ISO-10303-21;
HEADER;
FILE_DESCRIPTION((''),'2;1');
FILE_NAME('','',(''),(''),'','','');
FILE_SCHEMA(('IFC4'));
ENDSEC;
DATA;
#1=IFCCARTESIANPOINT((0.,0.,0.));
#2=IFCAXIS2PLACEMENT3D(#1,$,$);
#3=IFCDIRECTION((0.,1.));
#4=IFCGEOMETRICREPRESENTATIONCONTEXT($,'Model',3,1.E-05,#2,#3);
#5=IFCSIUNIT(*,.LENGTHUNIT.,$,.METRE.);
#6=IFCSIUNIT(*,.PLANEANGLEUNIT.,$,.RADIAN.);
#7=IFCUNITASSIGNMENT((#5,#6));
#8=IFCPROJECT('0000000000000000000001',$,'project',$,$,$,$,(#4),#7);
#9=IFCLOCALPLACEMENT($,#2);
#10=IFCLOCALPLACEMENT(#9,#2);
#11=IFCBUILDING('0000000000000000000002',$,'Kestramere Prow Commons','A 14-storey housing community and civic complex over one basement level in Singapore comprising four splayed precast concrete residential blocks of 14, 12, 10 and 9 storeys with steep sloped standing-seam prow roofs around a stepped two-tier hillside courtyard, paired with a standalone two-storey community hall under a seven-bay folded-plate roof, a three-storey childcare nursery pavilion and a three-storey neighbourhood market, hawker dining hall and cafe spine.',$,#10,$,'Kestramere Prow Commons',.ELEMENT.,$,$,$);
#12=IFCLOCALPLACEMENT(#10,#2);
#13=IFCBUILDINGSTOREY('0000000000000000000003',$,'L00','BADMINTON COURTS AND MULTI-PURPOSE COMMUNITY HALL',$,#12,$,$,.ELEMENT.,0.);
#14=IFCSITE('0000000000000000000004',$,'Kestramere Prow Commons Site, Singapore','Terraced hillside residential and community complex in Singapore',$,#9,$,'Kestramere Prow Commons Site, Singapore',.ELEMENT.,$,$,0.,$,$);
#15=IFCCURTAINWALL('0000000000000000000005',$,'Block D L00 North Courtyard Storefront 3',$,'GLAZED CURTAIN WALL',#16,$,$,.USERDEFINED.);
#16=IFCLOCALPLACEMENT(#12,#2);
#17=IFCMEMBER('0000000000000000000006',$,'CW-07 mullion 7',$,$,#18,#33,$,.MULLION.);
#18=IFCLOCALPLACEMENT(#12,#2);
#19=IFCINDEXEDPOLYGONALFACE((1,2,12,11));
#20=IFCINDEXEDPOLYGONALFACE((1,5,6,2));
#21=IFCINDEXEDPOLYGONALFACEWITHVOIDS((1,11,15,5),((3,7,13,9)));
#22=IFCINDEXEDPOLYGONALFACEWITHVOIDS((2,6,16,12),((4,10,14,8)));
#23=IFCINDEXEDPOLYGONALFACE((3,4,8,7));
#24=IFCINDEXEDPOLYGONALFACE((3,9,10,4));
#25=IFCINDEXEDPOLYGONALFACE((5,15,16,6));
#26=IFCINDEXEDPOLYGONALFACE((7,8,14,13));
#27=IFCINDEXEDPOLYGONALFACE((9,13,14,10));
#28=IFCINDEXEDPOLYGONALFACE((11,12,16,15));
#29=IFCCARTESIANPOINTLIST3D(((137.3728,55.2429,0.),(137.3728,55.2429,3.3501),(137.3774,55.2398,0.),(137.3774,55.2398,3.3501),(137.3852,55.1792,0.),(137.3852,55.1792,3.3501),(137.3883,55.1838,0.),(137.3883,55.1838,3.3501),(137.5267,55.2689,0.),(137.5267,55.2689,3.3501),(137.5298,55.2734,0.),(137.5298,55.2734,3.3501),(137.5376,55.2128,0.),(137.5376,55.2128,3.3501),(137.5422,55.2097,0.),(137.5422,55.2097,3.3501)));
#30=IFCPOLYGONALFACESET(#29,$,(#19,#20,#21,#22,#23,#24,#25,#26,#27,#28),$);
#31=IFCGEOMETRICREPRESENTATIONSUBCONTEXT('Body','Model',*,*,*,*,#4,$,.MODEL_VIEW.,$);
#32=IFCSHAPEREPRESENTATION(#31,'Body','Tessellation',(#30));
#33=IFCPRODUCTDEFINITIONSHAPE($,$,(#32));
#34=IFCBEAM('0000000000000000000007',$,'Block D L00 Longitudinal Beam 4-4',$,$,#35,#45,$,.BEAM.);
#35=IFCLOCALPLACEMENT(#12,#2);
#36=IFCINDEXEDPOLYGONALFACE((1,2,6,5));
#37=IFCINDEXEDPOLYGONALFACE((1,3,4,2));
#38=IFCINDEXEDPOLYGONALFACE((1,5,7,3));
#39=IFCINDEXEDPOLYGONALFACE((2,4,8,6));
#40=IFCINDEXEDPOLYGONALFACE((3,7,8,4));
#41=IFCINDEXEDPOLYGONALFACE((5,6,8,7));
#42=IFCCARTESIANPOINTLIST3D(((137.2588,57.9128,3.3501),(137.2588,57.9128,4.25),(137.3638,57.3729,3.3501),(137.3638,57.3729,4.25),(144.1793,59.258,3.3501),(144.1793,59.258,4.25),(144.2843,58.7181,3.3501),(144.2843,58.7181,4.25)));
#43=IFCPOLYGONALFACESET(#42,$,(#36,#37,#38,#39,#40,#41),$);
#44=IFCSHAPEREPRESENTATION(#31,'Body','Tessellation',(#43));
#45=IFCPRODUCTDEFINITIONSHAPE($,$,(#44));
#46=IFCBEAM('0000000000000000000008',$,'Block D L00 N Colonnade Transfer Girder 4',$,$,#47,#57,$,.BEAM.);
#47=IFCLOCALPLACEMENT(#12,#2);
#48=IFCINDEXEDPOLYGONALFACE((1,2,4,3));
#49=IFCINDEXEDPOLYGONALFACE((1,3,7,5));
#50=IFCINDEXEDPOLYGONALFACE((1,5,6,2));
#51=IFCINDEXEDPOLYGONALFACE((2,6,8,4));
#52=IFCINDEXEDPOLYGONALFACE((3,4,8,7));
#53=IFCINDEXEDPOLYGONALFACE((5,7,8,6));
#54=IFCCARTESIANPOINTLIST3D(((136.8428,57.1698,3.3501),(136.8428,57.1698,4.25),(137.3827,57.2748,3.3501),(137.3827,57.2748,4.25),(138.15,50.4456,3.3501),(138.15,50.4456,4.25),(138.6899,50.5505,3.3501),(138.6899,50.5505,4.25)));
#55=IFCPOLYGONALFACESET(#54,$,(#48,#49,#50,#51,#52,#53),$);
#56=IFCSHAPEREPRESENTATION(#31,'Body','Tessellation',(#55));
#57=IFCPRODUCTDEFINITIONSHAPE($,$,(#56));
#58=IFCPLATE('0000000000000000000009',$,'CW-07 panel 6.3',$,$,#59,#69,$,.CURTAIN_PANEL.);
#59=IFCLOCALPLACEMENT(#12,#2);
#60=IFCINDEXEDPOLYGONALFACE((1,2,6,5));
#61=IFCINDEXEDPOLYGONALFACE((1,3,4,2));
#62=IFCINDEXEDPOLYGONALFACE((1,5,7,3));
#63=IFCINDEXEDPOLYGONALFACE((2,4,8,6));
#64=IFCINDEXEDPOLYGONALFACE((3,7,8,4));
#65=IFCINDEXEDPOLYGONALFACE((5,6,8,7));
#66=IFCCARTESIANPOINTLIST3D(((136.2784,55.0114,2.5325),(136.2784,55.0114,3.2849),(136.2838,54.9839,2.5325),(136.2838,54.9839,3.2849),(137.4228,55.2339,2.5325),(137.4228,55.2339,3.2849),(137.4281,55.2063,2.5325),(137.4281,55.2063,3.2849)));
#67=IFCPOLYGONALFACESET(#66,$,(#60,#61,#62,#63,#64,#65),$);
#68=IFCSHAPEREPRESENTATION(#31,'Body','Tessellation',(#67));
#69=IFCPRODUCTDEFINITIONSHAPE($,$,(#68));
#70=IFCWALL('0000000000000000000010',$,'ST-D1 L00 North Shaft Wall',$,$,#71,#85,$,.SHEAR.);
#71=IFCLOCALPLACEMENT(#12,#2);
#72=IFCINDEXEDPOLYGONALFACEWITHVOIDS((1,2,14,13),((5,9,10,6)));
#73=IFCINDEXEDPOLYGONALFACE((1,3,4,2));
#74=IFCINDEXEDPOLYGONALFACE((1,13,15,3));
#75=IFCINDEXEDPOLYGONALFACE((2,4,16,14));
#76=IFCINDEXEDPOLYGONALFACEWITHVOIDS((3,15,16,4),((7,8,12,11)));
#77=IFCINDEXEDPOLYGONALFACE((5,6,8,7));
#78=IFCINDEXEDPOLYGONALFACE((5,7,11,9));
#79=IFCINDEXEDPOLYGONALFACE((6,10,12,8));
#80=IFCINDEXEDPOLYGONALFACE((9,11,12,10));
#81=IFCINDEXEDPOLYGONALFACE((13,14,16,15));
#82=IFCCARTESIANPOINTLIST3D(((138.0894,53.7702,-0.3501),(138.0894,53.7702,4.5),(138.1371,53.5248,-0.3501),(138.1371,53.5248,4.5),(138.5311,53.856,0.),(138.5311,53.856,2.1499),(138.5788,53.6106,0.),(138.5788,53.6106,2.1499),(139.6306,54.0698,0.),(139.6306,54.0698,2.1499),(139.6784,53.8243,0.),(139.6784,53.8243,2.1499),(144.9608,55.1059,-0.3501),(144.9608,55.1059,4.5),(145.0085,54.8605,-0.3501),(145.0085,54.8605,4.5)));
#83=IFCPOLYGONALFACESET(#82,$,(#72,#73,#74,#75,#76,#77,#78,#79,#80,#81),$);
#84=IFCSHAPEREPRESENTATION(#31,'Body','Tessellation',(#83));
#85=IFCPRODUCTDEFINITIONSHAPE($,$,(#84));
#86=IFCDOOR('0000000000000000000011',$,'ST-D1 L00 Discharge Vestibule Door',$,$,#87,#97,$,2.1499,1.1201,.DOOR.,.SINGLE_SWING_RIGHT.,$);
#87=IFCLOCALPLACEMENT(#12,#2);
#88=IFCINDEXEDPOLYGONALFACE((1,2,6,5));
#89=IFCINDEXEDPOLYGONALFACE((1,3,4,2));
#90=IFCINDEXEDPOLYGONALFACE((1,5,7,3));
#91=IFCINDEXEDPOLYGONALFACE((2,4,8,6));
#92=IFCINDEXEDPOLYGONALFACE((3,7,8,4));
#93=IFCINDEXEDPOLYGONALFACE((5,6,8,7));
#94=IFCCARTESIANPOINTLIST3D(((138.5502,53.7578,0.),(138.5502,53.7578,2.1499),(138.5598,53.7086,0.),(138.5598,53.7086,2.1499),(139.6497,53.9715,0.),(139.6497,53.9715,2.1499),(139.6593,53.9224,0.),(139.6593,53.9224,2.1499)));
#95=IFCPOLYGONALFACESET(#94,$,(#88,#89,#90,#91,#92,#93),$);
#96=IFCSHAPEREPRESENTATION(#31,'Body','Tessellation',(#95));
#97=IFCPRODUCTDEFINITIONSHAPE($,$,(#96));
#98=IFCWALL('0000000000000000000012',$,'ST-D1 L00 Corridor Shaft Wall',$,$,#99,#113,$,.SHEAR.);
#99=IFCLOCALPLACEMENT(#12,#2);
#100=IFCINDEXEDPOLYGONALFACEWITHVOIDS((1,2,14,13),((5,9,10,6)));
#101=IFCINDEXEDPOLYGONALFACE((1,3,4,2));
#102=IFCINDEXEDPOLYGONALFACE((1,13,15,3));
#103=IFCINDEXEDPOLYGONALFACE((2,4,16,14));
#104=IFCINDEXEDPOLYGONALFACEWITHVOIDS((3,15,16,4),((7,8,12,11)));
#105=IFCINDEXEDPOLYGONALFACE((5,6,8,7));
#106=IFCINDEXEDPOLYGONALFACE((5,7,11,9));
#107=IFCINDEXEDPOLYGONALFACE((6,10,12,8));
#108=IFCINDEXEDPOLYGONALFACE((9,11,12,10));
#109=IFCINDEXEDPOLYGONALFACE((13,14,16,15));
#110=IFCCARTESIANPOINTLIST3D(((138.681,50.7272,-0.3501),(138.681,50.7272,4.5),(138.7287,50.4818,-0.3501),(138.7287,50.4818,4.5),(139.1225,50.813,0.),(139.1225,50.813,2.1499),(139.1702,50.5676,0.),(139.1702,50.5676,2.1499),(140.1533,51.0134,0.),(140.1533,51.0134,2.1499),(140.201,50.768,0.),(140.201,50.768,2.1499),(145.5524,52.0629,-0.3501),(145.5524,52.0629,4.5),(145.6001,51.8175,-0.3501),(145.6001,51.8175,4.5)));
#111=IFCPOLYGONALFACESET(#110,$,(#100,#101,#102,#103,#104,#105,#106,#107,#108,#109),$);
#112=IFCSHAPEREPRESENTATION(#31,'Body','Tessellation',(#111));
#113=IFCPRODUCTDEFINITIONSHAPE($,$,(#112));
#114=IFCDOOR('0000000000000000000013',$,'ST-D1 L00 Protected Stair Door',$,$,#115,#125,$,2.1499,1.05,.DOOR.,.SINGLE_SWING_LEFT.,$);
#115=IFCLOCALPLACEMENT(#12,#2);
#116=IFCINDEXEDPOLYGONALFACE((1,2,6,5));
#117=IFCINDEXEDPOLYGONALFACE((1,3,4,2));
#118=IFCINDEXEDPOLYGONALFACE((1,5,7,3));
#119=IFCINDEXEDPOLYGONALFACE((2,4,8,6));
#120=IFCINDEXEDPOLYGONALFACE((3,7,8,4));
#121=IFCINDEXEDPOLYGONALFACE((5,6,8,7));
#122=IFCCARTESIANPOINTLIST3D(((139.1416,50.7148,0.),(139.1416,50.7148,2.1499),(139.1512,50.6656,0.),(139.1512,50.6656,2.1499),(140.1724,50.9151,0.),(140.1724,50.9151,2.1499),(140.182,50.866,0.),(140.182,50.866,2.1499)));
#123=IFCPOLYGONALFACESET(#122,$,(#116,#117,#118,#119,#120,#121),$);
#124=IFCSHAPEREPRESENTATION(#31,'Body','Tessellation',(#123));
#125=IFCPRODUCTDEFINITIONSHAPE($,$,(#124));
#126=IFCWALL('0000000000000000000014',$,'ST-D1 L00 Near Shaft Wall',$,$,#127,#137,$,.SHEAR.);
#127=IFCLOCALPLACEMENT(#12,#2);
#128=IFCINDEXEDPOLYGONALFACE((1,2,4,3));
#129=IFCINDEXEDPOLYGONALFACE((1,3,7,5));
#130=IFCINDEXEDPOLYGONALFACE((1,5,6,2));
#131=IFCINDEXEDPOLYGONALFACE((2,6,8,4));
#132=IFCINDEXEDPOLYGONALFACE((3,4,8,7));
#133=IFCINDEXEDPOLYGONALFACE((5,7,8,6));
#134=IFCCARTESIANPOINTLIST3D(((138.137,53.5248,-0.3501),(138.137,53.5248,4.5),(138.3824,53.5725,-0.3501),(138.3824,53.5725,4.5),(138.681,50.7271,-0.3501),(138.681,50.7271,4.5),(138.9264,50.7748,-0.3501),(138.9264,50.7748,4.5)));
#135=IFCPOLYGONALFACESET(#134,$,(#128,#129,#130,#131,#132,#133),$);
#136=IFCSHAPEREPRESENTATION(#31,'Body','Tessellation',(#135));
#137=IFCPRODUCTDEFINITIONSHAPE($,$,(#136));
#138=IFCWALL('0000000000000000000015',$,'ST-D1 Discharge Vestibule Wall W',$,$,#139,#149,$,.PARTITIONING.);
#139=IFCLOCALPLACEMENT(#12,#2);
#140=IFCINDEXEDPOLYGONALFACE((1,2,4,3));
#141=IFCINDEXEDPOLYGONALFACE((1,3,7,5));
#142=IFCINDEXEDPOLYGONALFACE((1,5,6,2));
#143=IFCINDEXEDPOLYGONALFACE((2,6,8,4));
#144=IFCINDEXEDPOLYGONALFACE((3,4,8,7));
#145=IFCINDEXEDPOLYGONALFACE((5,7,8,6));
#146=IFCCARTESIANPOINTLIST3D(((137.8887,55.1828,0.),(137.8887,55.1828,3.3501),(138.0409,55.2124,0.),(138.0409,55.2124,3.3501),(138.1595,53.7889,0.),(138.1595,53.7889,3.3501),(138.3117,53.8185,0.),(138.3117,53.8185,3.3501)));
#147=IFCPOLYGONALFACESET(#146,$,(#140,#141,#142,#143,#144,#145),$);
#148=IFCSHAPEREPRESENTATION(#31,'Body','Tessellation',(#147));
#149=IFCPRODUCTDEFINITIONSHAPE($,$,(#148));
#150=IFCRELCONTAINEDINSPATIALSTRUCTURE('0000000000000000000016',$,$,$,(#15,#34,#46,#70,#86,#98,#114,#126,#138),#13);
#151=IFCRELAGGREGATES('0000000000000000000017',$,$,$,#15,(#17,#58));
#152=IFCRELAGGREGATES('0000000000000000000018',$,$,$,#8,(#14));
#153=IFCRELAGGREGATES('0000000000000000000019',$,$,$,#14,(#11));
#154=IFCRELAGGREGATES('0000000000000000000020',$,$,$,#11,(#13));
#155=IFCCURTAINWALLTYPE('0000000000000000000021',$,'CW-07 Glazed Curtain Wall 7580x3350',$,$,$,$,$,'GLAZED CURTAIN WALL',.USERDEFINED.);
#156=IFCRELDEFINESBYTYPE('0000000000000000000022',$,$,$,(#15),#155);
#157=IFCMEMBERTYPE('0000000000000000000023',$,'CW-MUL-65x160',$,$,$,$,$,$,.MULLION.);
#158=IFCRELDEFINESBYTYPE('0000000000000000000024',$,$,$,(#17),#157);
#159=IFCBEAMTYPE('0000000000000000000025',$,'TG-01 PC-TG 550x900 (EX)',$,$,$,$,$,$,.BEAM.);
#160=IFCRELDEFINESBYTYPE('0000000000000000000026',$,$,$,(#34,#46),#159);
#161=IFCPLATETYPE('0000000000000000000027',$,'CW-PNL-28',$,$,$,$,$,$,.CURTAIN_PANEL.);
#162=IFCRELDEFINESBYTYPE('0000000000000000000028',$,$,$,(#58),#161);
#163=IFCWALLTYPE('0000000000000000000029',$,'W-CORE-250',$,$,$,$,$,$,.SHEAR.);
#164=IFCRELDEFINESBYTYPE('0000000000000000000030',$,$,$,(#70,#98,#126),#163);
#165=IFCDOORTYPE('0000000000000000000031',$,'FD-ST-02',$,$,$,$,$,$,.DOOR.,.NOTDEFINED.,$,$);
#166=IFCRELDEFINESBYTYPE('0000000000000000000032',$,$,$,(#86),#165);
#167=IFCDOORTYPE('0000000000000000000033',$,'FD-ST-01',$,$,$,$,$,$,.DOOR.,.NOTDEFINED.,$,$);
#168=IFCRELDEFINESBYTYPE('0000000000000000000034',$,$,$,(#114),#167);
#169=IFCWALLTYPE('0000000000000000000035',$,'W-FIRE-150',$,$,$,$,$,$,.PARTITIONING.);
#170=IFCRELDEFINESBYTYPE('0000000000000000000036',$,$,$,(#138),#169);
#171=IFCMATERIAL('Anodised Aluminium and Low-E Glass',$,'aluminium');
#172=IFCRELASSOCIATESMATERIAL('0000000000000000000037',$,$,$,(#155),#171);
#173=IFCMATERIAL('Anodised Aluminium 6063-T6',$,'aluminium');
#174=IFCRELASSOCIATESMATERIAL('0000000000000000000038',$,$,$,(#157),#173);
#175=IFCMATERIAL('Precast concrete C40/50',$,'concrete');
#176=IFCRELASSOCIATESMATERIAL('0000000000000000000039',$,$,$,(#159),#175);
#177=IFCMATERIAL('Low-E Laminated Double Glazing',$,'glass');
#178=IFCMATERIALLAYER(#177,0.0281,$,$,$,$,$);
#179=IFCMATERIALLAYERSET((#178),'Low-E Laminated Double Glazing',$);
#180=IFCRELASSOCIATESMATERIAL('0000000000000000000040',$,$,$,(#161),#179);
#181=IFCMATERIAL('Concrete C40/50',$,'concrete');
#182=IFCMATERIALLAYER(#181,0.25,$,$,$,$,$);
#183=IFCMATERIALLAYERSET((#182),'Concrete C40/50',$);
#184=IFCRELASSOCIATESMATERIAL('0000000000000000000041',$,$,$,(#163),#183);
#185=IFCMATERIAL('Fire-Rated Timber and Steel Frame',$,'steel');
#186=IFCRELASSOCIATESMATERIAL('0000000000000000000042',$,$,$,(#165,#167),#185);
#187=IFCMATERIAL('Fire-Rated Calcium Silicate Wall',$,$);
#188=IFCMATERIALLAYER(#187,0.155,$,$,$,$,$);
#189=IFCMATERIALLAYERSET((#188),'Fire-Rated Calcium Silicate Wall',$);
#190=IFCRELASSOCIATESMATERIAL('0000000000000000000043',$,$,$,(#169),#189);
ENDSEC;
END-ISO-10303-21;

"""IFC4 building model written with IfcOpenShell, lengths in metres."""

from ifc_helpers import new_model, si_unit, direction, frame, frame_2d, origin, origin_2d, place, context, subcontext, project, spatial, rectangle, hollow_rectangle, extrude, material, layer, layer_set, material_profile, profile_set, type_object, element, fill, aggregate, save


model = new_model("IFC4")

# Units and contexts
model_context = context("Model", 3, precision=1e-05, world=origin(), true_north=direction((0.0, 1.0)))
body_context = subcontext(model_context, "Body", "Model", "MODEL_VIEW")
ifc_project = project(units=[si_unit("LENGTHUNIT", "METRE"), si_unit("PLANEANGLEUNIT", "RADIAN")], contexts=[model_context])

# Site, building, storey
site_placement = place(None, origin())
site = spatial("IfcSite", under=ifc_project, at=site_placement, Name="Kestramere Prow Commons Site, Singapore", Description="Terraced hillside residential and community complex in Singapore", LongName="Kestramere Prow Commons Site, Singapore", CompositionType="ELEMENT", RefElevation=0.0)
building_placement = place(site_placement, origin())
building = spatial("IfcBuilding", under=site, at=building_placement, Name="Kestramere Prow Commons", Description="A 14-storey housing community and civic complex over one basement level in Singapore comprising four splayed precast concrete residential blocks of 14, 12, 10 and 9 storeys with steep sloped standing-seam prow roofs around a stepped two-tier hillside courtyard, paired with a standalone two-storey community hall under a seven-bay folded-plate roof, a three-storey childcare nursery pavilion and a three-storey neighbourhood market, hawker dining hall and cafe spine.", LongName="Kestramere Prow Commons", CompositionType="ELEMENT")
storey_placement = place(building_placement, origin())
storey = spatial("IfcBuildingStorey", under=building, at=storey_placement, Name="L00", Description="BADMINTON COURTS AND MULTI-PURPOSE COMMUNITY HALL", CompositionType="ELEMENT", Elevation=0.0)

# Shared definitions
ifc_material_1 = material(Name="Precast concrete C40/50", Category="concrete")

# Curtain wall, member
ifc_material_2 = material(Name="Anodised Aluminium and Low-E Glass", Category="aluminium")
curtain_wall_type = type_object("IfcCurtainWallType", Name="CW-07 Glazed Curtain Wall 7580x3350", ElementType="GLAZED CURTAIN WALL", PredefinedType="USERDEFINED", material=ifc_material_2)
curtain_wall_placement = place(storey_placement, origin())
curtain_wall = element("IfcCurtainWall", 1, at=curtain_wall_placement, inside=storey, type_object=curtain_wall_type, Name="Block D L00 North Courtyard Storefront 3", ObjectType="GLAZED CURTAIN WALL", PredefinedType="USERDEFINED")
ifc_material_3 = material(Name="Anodised Aluminium 6063-T6", Category="aluminium")
ifc_material_profile_1 = material_profile(ifc_material_3, hollow_rectangle(XDim=0.0649, YDim=0.1599, WallThickness=0.0039, at=origin_2d()), Name="ALU-MUL 65x160")
ifc_profile_set_1 = profile_set([ifc_material_profile_1], Name="Anodised Aluminium 6063-T6")
member_type = type_object("IfcMemberType", Name="CW-MUL-65x160", PredefinedType="MULLION", material=ifc_profile_set_1)
member_placement = place(storey_placement, frame((137.4575, 55.2263, 0.0), z_axis=(0.0, 0.0, 1.0), x_axis=(-0.190809, 0.981627, 0.0)))
member = element("IfcMember", 2, at=member_placement, type_object=member_type, Name="CW-07 mullion 7", PredefinedType="MULLION", context=body_context, shape_type="SweptSolid", body=[
    extrude(hollow_rectangle(XDim=0.0649, YDim=0.1599, WallThickness=0.0039, at=origin_2d()), origin(), (0.0, 0.0, 1.0), 3.3501),
])

# Beams
ifc_material_profile_2 = material_profile(ifc_material_1, rectangle(XDim=0.55, YDim=0.8999, at=origin_2d()), Name="PC-TG 550x900")
ifc_profile_set_2 = profile_set([ifc_material_profile_2], Name="Precast concrete C40/50")
beam_type_1 = type_object("IfcBeamType", Name="TG-01 PC-TG 550x900 (EX)", PredefinedType="BEAM", material=ifc_profile_set_2)
beam_1_placement = place(storey_placement, frame((137.3113, 57.6428, 3.8), z_axis=(0.981627, 0.190812, 0.0), x_axis=(-0.190812, 0.981627, 0.0)))
element("IfcBeam", 3, at=beam_1_placement, inside=storey, type_object=beam_type_1, Name="Block D L00 Longitudinal Beam 4-4", PredefinedType="BEAM", context=body_context, shape_type="SweptSolid", body=[
    extrude(rectangle(XDim=0.55, YDim=0.8999, at=origin_2d()), origin(), (0.0, 0.0, 1.0), 7.05),
])
beam_2_placement = place(storey_placement, frame((138.4199, 50.498, 3.8), z_axis=(-0.190822, 0.981625, 0.0), x_axis=(-0.981625, -0.190822, 0.0)))
element("IfcBeam", 4, at=beam_2_placement, inside=storey, type_object=beam_type_1, Name="Block D L00 N Colonnade Transfer Girder 4", PredefinedType="BEAM", context=body_context, shape_type="SweptSolid", body=[
    extrude(rectangle(XDim=0.55, YDim=0.8999, at=origin_2d()), origin(), (0.0, 0.0, 1.0), 6.8501),
])

# Plate
ifc_material_4 = material(Name="Low-E Laminated Double Glazing", Category="glass")
ifc_layer_1 = layer(ifc_material_4, 0.0281)
ifc_layer_set_1 = layer_set([ifc_layer_1], Name="Low-E Laminated Double Glazing")
plate_type = type_object("IfcPlateType", Name="CW-PNL-28", PredefinedType="CURTAIN_PANEL", material=ifc_layer_set_1)
plate_placement = place(storey_placement, frame((136.8533, 55.1089, 2.5325), z_axis=(0.0, 0.0, 1.0), x_axis=(0.981627, 0.190809, 0.0)))
plate = element("IfcPlate", 5, at=plate_placement, type_object=plate_type, Name="CW-07 panel 6.3", PredefinedType="CURTAIN_PANEL", context=body_context, shape_type="SweptSolid", body=[
    extrude(rectangle(XDim=1.1658, YDim=0.0281, at=origin_2d()), origin(), (0.0, 0.0, 1.0), 0.7524),
])
aggregate(curtain_wall, [member, plate])

# Walls, openings, doors
ifc_material_5 = material(Name="Concrete C40/50", Category="concrete")
ifc_layer_2 = layer(ifc_material_5, 0.25)
ifc_layer_set_2 = layer_set([ifc_layer_2], Name="Concrete C40/50")
wall_type_1 = type_object("IfcWallType", Name="W-CORE-250", PredefinedType="SHEAR", material=ifc_layer_set_2)
wall_1_placement = place(storey_placement, frame((138.1133, 53.6475, -0.3501), z_axis=(0.0, 0.0, 1.0), x_axis=(0.981626, 0.190815, 0.0)))
wall_1 = element("IfcWall", 6, at=wall_1_placement, inside=storey, type_object=wall_type_1, Name="ST-D1 L00 North Shaft Wall", PredefinedType="SHEAR", context=body_context, shape_type="SweptSolid", body=[
    extrude(rectangle(XDim=7.0, YDim=0.25, at=frame_2d((3.5, 0.0))), origin(), (0.0, 0.0, 1.0), 4.8501),
])
opening_1_placement = place(wall_1_placement, frame((0.45, 0.0, 0.3501)))
opening_1 = element("IfcOpeningElement", 7, at=opening_1_placement, cuts=wall_1, PredefinedType="OPENING", context=body_context, shape_type="SweptSolid", body=[
    extrude(rectangle(XDim=1.1201, YDim=2.1499, at=frame_2d((0.5601, 1.075))), frame((0.0, 0.1399, 0.0), z_axis=(0.0, -1.0, 0.0), x_axis=(1.0, 0.0, 0.0)), (0.0, 0.0, 1.0), 0.28),
])
ifc_material_6 = material(Name="Fire-Rated Timber and Steel Frame", Category="steel")
door_type_1 = type_object("IfcDoorType", Name="FD-ST-02", OperationType="NOTDEFINED", PredefinedType="DOOR", material=ifc_material_6)
door_1_placement = place(opening_1_placement, origin())
door_1 = element("IfcDoor", 8, at=door_1_placement, inside=storey, type_object=door_type_1, Name="ST-D1 L00 Discharge Vestibule Door", OperationType="SINGLE_SWING_RIGHT", OverallHeight=2.1499, OverallWidth=1.1201, PredefinedType="DOOR", context=body_context, shape_type="SweptSolid", body=[
    extrude(rectangle(XDim=1.1201, YDim=2.1499, at=frame_2d((0.5601, 1.075))), frame((0.0, 0.0249, 0.0), z_axis=(0.0, -1.0, 0.0), x_axis=(1.0, 0.0, 0.0)), (0.0, 0.0, 1.0), 0.05),
])
fill(opening_1, door_1)
wall_2_placement = place(storey_placement, frame((138.7048, 50.6045, -0.3501), z_axis=(0.0, 0.0, 1.0), x_axis=(0.981626, 0.190815, 0.0)))
wall_2 = element("IfcWall", 9, at=wall_2_placement, inside=storey, type_object=wall_type_1, Name="ST-D1 L00 Corridor Shaft Wall", PredefinedType="SHEAR", context=body_context, shape_type="SweptSolid", body=[
    extrude(rectangle(XDim=7.0, YDim=0.25, at=frame_2d((3.5, 0.0))), origin(), (0.0, 0.0, 1.0), 4.8501),
])
opening_2_placement = place(wall_2_placement, frame((0.45, 0.0, 0.3501)))
opening_2 = element("IfcOpeningElement", 10, at=opening_2_placement, cuts=wall_2, PredefinedType="OPENING", context=body_context, shape_type="SweptSolid", body=[
    extrude(rectangle(XDim=1.05, YDim=2.1499, at=frame_2d((0.5249, 1.075))), frame((0.0, 0.1399, 0.0), z_axis=(0.0, -1.0, 0.0), x_axis=(1.0, 0.0, 0.0)), (0.0, 0.0, 1.0), 0.28),
])
door_type_2 = type_object("IfcDoorType", Name="FD-ST-01", OperationType="NOTDEFINED", PredefinedType="DOOR", material=ifc_material_6)
door_2_placement = place(opening_2_placement, origin())
door_2 = element("IfcDoor", 11, at=door_2_placement, inside=storey, type_object=door_type_2, Name="ST-D1 L00 Protected Stair Door", OperationType="SINGLE_SWING_LEFT", OverallHeight=2.1499, OverallWidth=1.05, PredefinedType="DOOR", context=body_context, shape_type="SweptSolid", body=[
    extrude(rectangle(XDim=1.05, YDim=2.1499, at=frame_2d((0.5249, 1.075))), frame((0.0, 0.0249, 0.0), z_axis=(0.0, -1.0, 0.0), x_axis=(1.0, 0.0, 0.0)), (0.0, 0.0, 1.0), 0.05),
])
fill(opening_2, door_2)

# Walls
wall_3_placement = place(storey_placement, frame((138.8037, 50.751, -0.3501), z_axis=(0.0, 0.0, 1.0), x_axis=(-0.190858, 0.981618, 0.0)))
element("IfcWall", 12, at=wall_3_placement, inside=storey, type_object=wall_type_1, Name="ST-D1 L00 Near Shaft Wall", PredefinedType="SHEAR", context=body_context, shape_type="SweptSolid", body=[
    extrude(rectangle(XDim=2.8501, YDim=0.25, at=frame_2d((1.425, 0.0))), origin(), (0.0, 0.0, 1.0), 4.8501),
])
ifc_material_7 = material(Name="Fire-Rated Calcium Silicate Wall")
ifc_layer_3 = layer(ifc_material_7, 0.155)
ifc_layer_set_3 = layer_set([ifc_layer_3], Name="Fire-Rated Calcium Silicate Wall")
wall_type_2 = type_object("IfcWallType", Name="W-FIRE-150", PredefinedType="PARTITIONING", material=ifc_layer_set_3)
wall_4_placement = place(storey_placement, frame((138.2356, 53.8037, 0.0), z_axis=(0.0, 0.0, 1.0), x_axis=(-0.19069, 0.98165, 0.0)))
element("IfcWall", 13, at=wall_4_placement, inside=storey, type_object=wall_type_2, Name="ST-D1 Discharge Vestibule Wall W", PredefinedType="PARTITIONING", context=body_context, shape_type="SweptSolid", body=[
    extrude(rectangle(XDim=1.4199, YDim=0.155, at=frame_2d((0.71, 0.0))), origin(), (0.0, 0.0, 1.0), 3.3501),
])

save(model, "model.ifc")
